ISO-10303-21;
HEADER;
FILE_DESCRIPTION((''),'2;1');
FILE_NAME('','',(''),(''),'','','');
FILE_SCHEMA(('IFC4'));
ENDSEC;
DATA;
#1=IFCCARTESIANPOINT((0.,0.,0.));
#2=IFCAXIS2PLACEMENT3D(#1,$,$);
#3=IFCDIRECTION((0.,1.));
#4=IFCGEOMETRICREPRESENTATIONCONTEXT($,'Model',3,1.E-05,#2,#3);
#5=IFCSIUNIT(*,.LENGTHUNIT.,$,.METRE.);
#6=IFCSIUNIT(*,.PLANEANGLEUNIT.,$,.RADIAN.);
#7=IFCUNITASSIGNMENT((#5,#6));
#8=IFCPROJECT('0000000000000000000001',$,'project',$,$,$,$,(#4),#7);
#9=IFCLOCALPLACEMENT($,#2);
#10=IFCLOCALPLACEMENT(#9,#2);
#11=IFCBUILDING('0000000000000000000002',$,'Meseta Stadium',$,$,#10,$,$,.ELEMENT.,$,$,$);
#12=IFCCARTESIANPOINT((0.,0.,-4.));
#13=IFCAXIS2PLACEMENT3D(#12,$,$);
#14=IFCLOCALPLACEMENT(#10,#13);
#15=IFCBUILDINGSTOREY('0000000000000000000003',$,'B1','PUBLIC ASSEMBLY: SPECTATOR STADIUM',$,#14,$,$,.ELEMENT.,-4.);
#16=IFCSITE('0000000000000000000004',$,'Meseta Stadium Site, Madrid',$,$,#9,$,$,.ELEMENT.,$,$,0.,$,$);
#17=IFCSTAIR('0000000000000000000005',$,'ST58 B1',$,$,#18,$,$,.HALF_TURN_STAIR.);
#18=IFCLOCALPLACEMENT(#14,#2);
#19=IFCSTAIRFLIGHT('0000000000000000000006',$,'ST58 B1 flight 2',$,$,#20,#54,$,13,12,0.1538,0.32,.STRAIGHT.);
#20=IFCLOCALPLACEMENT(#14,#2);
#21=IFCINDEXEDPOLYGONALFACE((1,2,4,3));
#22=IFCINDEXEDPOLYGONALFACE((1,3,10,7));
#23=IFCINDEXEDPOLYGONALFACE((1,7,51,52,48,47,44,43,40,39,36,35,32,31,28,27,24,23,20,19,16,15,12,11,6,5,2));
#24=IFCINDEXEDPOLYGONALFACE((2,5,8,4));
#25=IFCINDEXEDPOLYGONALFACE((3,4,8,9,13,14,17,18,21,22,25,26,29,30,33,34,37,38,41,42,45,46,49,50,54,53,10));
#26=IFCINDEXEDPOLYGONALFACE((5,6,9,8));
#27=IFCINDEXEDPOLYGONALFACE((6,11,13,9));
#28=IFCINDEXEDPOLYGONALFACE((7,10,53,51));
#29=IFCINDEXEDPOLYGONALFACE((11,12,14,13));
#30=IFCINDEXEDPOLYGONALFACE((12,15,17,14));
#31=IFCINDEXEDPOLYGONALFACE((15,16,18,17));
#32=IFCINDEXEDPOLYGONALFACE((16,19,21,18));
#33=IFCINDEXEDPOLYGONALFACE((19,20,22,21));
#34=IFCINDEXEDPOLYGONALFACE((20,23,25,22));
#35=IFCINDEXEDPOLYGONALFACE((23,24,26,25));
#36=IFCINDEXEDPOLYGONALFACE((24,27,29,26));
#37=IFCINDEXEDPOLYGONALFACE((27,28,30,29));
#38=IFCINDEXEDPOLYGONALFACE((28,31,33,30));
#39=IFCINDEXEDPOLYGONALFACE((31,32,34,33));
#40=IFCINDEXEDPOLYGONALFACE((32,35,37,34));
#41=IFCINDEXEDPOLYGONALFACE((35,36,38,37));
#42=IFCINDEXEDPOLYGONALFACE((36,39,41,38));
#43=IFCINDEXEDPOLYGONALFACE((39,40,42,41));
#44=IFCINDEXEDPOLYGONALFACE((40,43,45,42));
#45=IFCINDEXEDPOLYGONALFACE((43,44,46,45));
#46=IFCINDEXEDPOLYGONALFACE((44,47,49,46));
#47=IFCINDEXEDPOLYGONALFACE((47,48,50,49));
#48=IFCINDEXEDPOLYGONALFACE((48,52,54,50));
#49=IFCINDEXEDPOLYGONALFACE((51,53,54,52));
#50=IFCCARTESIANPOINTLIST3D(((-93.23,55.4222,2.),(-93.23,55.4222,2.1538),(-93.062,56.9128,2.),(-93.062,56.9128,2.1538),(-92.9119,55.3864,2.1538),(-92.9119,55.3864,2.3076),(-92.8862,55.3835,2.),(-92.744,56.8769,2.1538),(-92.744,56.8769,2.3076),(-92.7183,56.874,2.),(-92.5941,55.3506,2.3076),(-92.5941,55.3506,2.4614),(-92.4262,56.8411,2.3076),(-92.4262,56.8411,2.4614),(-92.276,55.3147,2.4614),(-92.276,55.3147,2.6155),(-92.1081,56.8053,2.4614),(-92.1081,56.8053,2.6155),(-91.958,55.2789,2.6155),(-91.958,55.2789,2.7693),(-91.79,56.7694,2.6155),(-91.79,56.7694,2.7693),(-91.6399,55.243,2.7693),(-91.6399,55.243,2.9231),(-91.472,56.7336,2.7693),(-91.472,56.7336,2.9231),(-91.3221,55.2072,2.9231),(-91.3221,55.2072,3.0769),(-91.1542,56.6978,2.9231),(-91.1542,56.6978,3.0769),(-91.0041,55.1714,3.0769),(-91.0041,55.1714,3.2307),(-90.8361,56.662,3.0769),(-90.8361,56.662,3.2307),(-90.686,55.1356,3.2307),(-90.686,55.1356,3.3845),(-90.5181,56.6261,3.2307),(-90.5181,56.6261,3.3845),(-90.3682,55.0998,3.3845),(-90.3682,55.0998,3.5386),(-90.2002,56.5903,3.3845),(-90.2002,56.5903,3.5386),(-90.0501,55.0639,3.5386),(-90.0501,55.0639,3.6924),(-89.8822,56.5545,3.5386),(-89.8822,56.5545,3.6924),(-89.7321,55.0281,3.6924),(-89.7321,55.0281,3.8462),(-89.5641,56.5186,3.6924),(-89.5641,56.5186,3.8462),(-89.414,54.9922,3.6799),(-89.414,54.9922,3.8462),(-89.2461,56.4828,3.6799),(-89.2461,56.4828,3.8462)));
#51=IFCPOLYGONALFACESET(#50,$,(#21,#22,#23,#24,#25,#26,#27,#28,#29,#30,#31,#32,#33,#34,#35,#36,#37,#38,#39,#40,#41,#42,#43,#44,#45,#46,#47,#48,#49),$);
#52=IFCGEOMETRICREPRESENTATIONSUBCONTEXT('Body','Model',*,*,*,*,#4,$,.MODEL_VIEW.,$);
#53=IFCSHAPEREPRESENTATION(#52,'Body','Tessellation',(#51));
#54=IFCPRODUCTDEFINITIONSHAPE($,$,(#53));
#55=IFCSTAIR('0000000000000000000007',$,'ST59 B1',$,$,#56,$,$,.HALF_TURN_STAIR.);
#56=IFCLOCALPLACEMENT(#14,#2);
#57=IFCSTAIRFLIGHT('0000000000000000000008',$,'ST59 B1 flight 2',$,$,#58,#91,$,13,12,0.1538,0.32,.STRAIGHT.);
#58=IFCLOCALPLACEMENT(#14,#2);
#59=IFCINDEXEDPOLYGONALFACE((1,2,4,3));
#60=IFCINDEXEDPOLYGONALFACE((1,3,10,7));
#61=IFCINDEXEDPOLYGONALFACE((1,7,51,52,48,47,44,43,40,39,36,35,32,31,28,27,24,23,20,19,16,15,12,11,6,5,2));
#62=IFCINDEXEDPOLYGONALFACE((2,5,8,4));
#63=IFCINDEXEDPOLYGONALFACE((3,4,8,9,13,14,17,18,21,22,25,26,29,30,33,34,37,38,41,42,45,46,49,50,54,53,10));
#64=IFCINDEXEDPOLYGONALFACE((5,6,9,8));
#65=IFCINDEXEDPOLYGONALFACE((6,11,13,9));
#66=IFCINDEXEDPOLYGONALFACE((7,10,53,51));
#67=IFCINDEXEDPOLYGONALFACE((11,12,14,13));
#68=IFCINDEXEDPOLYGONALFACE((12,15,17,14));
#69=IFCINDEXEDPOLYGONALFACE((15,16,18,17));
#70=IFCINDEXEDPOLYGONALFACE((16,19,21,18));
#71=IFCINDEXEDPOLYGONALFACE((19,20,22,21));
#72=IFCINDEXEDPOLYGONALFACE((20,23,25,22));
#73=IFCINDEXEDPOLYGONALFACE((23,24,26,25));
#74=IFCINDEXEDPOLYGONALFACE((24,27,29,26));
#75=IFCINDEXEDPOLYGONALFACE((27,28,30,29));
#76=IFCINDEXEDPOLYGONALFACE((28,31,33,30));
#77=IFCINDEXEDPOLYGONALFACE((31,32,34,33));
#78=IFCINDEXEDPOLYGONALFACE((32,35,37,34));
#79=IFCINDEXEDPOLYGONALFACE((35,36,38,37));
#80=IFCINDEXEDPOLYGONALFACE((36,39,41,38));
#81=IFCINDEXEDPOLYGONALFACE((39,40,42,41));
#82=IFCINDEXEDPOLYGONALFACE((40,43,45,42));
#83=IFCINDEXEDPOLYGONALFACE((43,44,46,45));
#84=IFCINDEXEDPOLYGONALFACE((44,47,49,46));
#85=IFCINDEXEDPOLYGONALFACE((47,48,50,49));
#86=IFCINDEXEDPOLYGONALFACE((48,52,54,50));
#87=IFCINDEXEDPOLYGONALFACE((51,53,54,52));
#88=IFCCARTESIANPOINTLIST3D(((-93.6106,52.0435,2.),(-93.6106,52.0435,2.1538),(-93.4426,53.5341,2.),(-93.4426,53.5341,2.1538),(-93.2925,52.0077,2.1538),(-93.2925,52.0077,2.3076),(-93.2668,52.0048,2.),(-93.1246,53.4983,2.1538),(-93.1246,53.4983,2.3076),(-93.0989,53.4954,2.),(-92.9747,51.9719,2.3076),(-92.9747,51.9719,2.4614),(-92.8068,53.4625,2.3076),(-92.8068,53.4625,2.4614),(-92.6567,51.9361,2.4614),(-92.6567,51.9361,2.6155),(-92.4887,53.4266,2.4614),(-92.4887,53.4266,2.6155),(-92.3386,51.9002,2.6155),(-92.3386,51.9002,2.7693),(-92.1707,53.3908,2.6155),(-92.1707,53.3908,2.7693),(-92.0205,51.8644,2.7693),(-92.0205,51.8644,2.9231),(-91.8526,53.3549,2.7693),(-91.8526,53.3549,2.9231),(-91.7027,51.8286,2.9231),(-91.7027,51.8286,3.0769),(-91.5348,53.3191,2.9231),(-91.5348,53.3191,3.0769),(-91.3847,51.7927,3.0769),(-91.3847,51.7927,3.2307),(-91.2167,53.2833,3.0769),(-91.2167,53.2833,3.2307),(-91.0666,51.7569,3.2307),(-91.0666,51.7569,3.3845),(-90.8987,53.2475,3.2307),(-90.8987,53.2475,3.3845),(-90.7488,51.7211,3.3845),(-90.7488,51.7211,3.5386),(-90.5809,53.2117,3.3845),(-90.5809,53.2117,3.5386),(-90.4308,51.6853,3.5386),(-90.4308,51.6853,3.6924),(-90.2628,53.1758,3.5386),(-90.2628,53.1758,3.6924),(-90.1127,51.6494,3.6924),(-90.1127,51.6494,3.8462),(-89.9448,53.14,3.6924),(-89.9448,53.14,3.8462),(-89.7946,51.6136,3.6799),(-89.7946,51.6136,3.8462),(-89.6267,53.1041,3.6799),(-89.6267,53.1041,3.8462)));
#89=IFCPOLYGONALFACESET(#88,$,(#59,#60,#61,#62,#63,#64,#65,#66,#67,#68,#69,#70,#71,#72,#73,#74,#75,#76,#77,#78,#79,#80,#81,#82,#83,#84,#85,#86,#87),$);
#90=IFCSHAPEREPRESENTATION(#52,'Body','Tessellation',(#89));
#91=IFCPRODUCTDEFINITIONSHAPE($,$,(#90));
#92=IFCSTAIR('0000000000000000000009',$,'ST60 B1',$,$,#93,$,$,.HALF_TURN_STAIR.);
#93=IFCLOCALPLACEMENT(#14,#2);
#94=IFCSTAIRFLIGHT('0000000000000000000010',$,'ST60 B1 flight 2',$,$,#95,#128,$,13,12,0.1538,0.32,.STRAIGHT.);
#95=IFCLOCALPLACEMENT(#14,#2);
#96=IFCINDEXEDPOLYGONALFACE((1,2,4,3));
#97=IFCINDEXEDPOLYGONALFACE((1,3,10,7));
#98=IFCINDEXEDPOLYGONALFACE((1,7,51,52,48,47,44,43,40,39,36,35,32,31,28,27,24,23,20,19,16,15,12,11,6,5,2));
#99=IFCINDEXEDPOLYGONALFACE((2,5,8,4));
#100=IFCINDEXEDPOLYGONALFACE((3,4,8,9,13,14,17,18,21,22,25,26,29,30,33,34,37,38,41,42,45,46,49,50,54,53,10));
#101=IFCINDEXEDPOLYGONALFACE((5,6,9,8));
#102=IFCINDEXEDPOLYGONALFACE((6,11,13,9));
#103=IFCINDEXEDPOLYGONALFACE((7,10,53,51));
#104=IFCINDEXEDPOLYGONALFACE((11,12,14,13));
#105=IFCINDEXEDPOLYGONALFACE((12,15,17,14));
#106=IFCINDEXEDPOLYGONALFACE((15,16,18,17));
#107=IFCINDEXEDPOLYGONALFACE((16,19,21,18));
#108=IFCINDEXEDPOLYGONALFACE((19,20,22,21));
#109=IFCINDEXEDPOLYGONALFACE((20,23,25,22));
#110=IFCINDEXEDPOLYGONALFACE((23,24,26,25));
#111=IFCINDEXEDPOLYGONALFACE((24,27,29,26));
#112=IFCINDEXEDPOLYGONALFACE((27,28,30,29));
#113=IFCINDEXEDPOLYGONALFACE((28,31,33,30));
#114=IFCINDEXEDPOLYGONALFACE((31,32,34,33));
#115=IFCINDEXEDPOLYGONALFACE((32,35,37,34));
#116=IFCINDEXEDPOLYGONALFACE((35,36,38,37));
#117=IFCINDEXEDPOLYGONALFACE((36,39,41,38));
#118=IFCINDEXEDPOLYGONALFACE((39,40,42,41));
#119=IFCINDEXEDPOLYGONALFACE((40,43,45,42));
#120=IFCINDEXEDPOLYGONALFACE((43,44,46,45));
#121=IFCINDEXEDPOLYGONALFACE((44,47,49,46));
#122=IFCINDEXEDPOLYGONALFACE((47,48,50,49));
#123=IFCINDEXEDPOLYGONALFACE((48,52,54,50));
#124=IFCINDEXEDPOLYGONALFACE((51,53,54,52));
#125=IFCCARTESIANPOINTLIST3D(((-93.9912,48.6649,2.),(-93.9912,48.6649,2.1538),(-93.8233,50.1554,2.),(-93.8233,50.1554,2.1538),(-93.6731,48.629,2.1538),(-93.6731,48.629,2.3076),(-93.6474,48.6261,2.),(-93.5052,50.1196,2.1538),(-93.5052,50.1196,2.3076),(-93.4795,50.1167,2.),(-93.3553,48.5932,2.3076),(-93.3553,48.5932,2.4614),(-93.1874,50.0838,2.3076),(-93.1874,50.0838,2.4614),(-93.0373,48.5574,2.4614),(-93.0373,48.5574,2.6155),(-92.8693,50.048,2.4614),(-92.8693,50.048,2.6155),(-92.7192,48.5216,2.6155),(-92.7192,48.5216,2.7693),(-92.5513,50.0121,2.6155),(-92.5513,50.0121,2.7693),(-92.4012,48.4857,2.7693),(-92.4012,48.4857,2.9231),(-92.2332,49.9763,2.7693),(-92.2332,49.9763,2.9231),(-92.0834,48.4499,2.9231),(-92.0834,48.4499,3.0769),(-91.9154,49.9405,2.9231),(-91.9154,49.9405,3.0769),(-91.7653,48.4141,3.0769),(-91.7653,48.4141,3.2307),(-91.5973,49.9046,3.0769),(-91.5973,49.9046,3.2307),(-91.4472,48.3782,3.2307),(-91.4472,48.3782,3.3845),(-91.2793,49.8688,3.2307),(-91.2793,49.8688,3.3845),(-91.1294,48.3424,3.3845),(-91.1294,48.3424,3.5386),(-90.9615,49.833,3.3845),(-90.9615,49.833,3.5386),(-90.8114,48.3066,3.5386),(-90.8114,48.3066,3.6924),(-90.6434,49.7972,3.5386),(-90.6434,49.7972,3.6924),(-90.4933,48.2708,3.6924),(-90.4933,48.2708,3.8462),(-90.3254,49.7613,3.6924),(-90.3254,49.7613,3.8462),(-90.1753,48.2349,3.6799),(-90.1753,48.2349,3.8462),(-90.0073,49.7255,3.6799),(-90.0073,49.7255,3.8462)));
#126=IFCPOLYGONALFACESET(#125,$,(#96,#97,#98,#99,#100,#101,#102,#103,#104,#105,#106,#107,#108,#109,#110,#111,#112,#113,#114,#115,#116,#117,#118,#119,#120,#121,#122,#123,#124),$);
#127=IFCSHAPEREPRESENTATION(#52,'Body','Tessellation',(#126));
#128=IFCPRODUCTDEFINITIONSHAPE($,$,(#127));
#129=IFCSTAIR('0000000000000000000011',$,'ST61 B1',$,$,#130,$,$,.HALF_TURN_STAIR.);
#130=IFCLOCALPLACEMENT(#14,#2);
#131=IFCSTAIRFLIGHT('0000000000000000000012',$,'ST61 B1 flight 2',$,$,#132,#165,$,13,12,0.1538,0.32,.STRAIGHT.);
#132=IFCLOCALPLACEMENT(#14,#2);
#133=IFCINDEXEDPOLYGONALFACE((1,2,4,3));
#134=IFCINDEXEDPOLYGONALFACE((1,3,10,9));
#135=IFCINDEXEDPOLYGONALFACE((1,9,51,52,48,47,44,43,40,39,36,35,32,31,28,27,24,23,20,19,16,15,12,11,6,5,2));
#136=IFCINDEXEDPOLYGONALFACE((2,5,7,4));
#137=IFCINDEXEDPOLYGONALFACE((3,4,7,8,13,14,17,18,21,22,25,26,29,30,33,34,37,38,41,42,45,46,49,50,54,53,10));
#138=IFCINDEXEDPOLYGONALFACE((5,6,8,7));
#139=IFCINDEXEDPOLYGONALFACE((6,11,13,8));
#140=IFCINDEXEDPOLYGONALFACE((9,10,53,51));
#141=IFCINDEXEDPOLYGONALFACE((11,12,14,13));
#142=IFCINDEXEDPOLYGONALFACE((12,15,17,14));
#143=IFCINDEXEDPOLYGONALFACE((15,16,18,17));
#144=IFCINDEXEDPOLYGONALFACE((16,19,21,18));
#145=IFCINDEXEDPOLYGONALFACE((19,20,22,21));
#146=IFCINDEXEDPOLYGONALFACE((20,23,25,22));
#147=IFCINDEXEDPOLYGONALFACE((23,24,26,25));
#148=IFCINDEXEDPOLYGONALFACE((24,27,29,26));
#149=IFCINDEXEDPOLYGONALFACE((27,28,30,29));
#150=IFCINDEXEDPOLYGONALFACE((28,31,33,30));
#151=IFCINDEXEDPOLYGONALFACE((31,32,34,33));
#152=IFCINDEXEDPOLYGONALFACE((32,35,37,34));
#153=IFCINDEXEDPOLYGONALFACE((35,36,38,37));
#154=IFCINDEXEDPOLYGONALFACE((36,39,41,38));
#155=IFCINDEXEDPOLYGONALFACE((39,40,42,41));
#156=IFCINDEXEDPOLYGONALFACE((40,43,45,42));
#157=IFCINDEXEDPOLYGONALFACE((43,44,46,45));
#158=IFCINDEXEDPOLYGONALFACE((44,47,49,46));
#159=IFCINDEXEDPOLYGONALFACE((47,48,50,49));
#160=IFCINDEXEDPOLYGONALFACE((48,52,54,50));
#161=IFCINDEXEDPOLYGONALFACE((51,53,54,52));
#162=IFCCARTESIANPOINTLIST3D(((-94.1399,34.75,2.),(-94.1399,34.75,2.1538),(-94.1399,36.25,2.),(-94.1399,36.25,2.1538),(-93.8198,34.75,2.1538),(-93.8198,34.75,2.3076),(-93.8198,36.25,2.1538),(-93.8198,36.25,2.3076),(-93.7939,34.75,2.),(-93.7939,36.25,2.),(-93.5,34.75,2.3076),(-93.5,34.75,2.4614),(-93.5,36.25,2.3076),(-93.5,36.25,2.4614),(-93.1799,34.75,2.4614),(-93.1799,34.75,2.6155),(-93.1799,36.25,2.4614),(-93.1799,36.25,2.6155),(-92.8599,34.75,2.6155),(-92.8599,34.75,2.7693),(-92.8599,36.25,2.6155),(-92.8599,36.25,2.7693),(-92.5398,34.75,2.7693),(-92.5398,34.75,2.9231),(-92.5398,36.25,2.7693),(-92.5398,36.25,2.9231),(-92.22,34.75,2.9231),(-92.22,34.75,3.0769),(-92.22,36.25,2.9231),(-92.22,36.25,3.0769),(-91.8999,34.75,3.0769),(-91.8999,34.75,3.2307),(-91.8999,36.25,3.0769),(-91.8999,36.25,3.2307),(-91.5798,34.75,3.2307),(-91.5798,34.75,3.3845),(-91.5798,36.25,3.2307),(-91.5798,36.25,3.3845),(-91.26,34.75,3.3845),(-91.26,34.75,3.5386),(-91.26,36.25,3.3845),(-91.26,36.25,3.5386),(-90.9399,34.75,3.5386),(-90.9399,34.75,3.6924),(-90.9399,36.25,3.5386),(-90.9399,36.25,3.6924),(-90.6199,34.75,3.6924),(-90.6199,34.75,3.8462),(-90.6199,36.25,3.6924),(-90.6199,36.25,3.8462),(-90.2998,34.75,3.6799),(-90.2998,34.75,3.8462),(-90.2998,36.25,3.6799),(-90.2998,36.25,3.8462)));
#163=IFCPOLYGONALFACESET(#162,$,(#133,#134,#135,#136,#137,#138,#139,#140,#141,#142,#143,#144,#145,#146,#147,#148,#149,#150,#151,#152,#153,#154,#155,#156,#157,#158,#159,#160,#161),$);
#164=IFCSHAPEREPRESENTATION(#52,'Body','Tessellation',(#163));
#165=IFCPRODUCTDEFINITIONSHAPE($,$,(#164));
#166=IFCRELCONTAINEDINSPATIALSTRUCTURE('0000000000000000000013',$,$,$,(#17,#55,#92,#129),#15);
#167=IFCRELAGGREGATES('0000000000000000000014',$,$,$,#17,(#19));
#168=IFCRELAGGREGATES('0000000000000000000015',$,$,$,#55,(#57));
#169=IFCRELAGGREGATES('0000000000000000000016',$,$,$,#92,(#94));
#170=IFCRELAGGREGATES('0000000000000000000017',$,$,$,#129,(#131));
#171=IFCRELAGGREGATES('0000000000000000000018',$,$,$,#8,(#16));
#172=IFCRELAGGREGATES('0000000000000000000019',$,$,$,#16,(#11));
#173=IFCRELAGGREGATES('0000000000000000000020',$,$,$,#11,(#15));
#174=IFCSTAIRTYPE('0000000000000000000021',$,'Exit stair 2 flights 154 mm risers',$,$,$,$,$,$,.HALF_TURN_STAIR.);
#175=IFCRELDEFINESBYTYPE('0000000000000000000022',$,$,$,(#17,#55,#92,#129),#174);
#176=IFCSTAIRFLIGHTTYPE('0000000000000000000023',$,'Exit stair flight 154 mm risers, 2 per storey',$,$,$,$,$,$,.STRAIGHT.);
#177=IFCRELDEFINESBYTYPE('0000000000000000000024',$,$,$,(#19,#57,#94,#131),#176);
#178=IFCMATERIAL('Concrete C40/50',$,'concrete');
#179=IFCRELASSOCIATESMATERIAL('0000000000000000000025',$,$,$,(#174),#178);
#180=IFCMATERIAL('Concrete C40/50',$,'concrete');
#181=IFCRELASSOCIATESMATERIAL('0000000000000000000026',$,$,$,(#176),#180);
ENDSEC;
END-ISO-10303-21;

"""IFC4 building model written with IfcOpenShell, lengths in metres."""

from ifc_helpers import new_model, si_unit, direction, frame, origin, place, context, subcontext, project, spatial, polyline, outline, extrude, material, type_object, element, aggregate, save


model = new_model("IFC4")

# Units and contexts
model_context = context("Model", 3, precision=1e-05, world=origin(), true_north=direction((0.0, 1.0)))
body_context = subcontext(model_context, "Body", "Model", "MODEL_VIEW")
ifc_project = project(units=[si_unit("LENGTHUNIT", "METRE"), si_unit("PLANEANGLEUNIT", "RADIAN")], contexts=[model_context])

# Site, building, storey
site_placement = place(None, origin())
site = spatial("IfcSite", under=ifc_project, at=site_placement, Name="Meseta Stadium Site, Madrid", CompositionType="ELEMENT", RefElevation=0.0)
building_placement = place(site_placement, origin())
building = spatial("IfcBuilding", under=site, at=building_placement, Name="Meseta Stadium", CompositionType="ELEMENT")
storey_placement = place(building_placement, frame((0.0, 0.0, -4.0)))
storey = spatial("IfcBuildingStorey", under=building, at=storey_placement, Name="B1", Description="PUBLIC ASSEMBLY: SPECTATOR STADIUM", CompositionType="ELEMENT", Elevation=-4.0)

# Stairs, stair flights
ifc_material_1 = material(Name="Concrete C40/50", Category="concrete")
stair_type = type_object("IfcStairType", Name="Exit stair 2 flights 154 mm risers", PredefinedType="HALF_TURN_STAIR", material=ifc_material_1)
stair_1_placement = place(storey_placement, origin())
stair_1 = element("IfcStair", 1, at=stair_1_placement, inside=storey, type_object=stair_type, Name="ST58 B1", PredefinedType="HALF_TURN_STAIR")
ifc_material_2 = material(Name="Concrete C40/50", Category="concrete")
stair_flight_type = type_object("IfcStairFlightType", Name="Exit stair flight 154 mm risers, 2 per storey", PredefinedType="STRAIGHT", material=ifc_material_2)
stair_flight_1_placement = place(storey_placement, frame((-93.146, 56.1675, 2.0), z_axis=(0.0, 0.0, 1.0), x_axis=(0.993712, -0.111964, 0.0)))
stair_flight_1 = element("IfcStairFlight", 2, at=stair_flight_1_placement, type_object=stair_flight_type, Name="ST58 B1 flight 2", NumberOfRisers=13, NumberOfTreads=12, PredefinedType="STRAIGHT", RiserHeight=0.1538, TreadLength=0.32, context=body_context, shape_type="SweptSolid", body=[
    extrude(outline(polyline([(0.0, 0.0), (0.0, 0.1538), (0.3201, 0.1538), (0.3201, 0.3076), (0.6399, 0.3076), (0.6399, 0.4614), (0.96, 0.4614), (0.96, 0.6155), (1.28, 0.6155), (1.28, 0.7693), (1.6001, 0.7693), (1.6001, 0.9231), (1.9199, 0.9231), (1.9199, 1.0769), (2.24, 1.0769), (2.24, 1.2307), (2.5601, 1.2307), (2.5601, 1.3845), (2.8799, 1.3845), (2.8799, 1.5386), (3.2, 1.5386), (3.2, 1.6924), (3.52, 1.6924), (3.52, 1.8462), (3.8401, 1.8462), (3.8401, 1.6799), (0.3459, 0.0), (0.0, 0.0)])), frame((0.0, 0.75, 0.0), z_axis=(0.0, -1.0, 0.0), x_axis=(1.0, 0.0, 0.0)), (0.0, 0.0, 1.0), 1.5),
])
aggregate(stair_1, [stair_flight_1])
stair_2_placement = place(storey_placement, origin())
stair_2 = element("IfcStair", 3, at=stair_2_placement, inside=storey, type_object=stair_type, Name="ST59 B1", PredefinedType="HALF_TURN_STAIR")
stair_flight_2_placement = place(storey_placement, frame((-93.5266, 52.7888, 2.0), z_axis=(0.0, 0.0, 1.0), x_axis=(0.993712, -0.111964, 0.0)))
stair_flight_2 = element("IfcStairFlight", 4, at=stair_flight_2_placement, type_object=stair_flight_type, Name="ST59 B1 flight 2", NumberOfRisers=13, NumberOfTreads=12, PredefinedType="STRAIGHT", RiserHeight=0.1538, TreadLength=0.32, context=body_context, shape_type="SweptSolid", body=[
    extrude(outline(polyline([(0.0, 0.0), (0.0, 0.1538), (0.3201, 0.1538), (0.3201, 0.3076), (0.6399, 0.3076), (0.6399, 0.4614), (0.96, 0.4614), (0.96, 0.6155), (1.28, 0.6155), (1.28, 0.7693), (1.6001, 0.7693), (1.6001, 0.9231), (1.9199, 0.9231), (1.9199, 1.0769), (2.24, 1.0769), (2.24, 1.2307), (2.5601, 1.2307), (2.5601, 1.3845), (2.8799, 1.3845), (2.8799, 1.5386), (3.2, 1.5386), (3.2, 1.6924), (3.52, 1.6924), (3.52, 1.8462), (3.8401, 1.8462), (3.8401, 1.6799), (0.3459, 0.0), (0.0, 0.0)])), frame((0.0, 0.75, 0.0), z_axis=(0.0, -1.0, 0.0), x_axis=(1.0, 0.0, 0.0)), (0.0, 0.0, 1.0), 1.5),
])
aggregate(stair_2, [stair_flight_2])
stair_3_placement = place(storey_placement, origin())
stair_3 = element("IfcStair", 5, at=stair_3_placement, inside=storey, type_object=stair_type, Name="ST60 B1", PredefinedType="HALF_TURN_STAIR")
stair_flight_3_placement = place(storey_placement, frame((-93.9072, 49.4102, 2.0), z_axis=(0.0, 0.0, 1.0), x_axis=(0.993712, -0.111964, 0.0)))
stair_flight_3 = element("IfcStairFlight", 6, at=stair_flight_3_placement, type_object=stair_flight_type, Name="ST60 B1 flight 2", NumberOfRisers=13, NumberOfTreads=12, PredefinedType="STRAIGHT", RiserHeight=0.1538, TreadLength=0.32, context=body_context, shape_type="SweptSolid", body=[
    extrude(outline(polyline([(0.0, 0.0), (0.0, 0.1538), (0.3201, 0.1538), (0.3201, 0.3076), (0.6399, 0.3076), (0.6399, 0.4614), (0.96, 0.4614), (0.96, 0.6155), (1.28, 0.6155), (1.28, 0.7693), (1.6001, 0.7693), (1.6001, 0.9231), (1.9199, 0.9231), (1.9199, 1.0769), (2.24, 1.0769), (2.24, 1.2307), (2.5601, 1.2307), (2.5601, 1.3845), (2.8799, 1.3845), (2.8799, 1.5386), (3.2, 1.5386), (3.2, 1.6924), (3.52, 1.6924), (3.52, 1.8462), (3.8401, 1.8462), (3.8401, 1.6799), (0.3459, 0.0), (0.0, 0.0)])), frame((0.0, 0.75, 0.0), z_axis=(0.0, -1.0, 0.0), x_axis=(1.0, 0.0, 0.0)), (0.0, 0.0, 1.0), 1.5),
])
aggregate(stair_3, [stair_flight_3])
stair_4_placement = place(storey_placement, origin())
stair_4 = element("IfcStair", 7, at=stair_4_placement, inside=storey, type_object=stair_type, Name="ST61 B1", PredefinedType="HALF_TURN_STAIR")
stair_flight_4_placement = place(storey_placement, frame((-94.1399, 35.5, 2.0), z_axis=(0.0, 0.0, 1.0), x_axis=(1.0, 0.0, 0.0)))
stair_flight_4 = element("IfcStairFlight", 8, at=stair_flight_4_placement, type_object=stair_flight_type, Name="ST61 B1 flight 2", NumberOfRisers=13, NumberOfTreads=12, PredefinedType="STRAIGHT", RiserHeight=0.1538, TreadLength=0.32, context=body_context, shape_type="SweptSolid", body=[
    extrude(outline(polyline([(0.0, 0.0), (0.0, 0.1538), (0.3201, 0.1538), (0.3201, 0.3076), (0.6399, 0.3076), (0.6399, 0.4614), (0.96, 0.4614), (0.96, 0.6155), (1.28, 0.6155), (1.28, 0.7693), (1.6001, 0.7693), (1.6001, 0.9231), (1.9199, 0.9231), (1.9199, 1.0769), (2.24, 1.0769), (2.24, 1.2307), (2.5601, 1.2307), (2.5601, 1.3845), (2.8799, 1.3845), (2.8799, 1.5386), (3.2, 1.5386), (3.2, 1.6924), (3.52, 1.6924), (3.52, 1.8462), (3.8401, 1.8462), (3.8401, 1.6799), (0.3459, 0.0), (0.0, 0.0)])), frame((0.0, 0.75, 0.0), z_axis=(0.0, -1.0, 0.0), x_axis=(1.0, 0.0, 0.0)), (0.0, 0.0, 1.0), 1.5),
])
aggregate(stair_4, [stair_flight_4])

save(model, "model.ifc")
